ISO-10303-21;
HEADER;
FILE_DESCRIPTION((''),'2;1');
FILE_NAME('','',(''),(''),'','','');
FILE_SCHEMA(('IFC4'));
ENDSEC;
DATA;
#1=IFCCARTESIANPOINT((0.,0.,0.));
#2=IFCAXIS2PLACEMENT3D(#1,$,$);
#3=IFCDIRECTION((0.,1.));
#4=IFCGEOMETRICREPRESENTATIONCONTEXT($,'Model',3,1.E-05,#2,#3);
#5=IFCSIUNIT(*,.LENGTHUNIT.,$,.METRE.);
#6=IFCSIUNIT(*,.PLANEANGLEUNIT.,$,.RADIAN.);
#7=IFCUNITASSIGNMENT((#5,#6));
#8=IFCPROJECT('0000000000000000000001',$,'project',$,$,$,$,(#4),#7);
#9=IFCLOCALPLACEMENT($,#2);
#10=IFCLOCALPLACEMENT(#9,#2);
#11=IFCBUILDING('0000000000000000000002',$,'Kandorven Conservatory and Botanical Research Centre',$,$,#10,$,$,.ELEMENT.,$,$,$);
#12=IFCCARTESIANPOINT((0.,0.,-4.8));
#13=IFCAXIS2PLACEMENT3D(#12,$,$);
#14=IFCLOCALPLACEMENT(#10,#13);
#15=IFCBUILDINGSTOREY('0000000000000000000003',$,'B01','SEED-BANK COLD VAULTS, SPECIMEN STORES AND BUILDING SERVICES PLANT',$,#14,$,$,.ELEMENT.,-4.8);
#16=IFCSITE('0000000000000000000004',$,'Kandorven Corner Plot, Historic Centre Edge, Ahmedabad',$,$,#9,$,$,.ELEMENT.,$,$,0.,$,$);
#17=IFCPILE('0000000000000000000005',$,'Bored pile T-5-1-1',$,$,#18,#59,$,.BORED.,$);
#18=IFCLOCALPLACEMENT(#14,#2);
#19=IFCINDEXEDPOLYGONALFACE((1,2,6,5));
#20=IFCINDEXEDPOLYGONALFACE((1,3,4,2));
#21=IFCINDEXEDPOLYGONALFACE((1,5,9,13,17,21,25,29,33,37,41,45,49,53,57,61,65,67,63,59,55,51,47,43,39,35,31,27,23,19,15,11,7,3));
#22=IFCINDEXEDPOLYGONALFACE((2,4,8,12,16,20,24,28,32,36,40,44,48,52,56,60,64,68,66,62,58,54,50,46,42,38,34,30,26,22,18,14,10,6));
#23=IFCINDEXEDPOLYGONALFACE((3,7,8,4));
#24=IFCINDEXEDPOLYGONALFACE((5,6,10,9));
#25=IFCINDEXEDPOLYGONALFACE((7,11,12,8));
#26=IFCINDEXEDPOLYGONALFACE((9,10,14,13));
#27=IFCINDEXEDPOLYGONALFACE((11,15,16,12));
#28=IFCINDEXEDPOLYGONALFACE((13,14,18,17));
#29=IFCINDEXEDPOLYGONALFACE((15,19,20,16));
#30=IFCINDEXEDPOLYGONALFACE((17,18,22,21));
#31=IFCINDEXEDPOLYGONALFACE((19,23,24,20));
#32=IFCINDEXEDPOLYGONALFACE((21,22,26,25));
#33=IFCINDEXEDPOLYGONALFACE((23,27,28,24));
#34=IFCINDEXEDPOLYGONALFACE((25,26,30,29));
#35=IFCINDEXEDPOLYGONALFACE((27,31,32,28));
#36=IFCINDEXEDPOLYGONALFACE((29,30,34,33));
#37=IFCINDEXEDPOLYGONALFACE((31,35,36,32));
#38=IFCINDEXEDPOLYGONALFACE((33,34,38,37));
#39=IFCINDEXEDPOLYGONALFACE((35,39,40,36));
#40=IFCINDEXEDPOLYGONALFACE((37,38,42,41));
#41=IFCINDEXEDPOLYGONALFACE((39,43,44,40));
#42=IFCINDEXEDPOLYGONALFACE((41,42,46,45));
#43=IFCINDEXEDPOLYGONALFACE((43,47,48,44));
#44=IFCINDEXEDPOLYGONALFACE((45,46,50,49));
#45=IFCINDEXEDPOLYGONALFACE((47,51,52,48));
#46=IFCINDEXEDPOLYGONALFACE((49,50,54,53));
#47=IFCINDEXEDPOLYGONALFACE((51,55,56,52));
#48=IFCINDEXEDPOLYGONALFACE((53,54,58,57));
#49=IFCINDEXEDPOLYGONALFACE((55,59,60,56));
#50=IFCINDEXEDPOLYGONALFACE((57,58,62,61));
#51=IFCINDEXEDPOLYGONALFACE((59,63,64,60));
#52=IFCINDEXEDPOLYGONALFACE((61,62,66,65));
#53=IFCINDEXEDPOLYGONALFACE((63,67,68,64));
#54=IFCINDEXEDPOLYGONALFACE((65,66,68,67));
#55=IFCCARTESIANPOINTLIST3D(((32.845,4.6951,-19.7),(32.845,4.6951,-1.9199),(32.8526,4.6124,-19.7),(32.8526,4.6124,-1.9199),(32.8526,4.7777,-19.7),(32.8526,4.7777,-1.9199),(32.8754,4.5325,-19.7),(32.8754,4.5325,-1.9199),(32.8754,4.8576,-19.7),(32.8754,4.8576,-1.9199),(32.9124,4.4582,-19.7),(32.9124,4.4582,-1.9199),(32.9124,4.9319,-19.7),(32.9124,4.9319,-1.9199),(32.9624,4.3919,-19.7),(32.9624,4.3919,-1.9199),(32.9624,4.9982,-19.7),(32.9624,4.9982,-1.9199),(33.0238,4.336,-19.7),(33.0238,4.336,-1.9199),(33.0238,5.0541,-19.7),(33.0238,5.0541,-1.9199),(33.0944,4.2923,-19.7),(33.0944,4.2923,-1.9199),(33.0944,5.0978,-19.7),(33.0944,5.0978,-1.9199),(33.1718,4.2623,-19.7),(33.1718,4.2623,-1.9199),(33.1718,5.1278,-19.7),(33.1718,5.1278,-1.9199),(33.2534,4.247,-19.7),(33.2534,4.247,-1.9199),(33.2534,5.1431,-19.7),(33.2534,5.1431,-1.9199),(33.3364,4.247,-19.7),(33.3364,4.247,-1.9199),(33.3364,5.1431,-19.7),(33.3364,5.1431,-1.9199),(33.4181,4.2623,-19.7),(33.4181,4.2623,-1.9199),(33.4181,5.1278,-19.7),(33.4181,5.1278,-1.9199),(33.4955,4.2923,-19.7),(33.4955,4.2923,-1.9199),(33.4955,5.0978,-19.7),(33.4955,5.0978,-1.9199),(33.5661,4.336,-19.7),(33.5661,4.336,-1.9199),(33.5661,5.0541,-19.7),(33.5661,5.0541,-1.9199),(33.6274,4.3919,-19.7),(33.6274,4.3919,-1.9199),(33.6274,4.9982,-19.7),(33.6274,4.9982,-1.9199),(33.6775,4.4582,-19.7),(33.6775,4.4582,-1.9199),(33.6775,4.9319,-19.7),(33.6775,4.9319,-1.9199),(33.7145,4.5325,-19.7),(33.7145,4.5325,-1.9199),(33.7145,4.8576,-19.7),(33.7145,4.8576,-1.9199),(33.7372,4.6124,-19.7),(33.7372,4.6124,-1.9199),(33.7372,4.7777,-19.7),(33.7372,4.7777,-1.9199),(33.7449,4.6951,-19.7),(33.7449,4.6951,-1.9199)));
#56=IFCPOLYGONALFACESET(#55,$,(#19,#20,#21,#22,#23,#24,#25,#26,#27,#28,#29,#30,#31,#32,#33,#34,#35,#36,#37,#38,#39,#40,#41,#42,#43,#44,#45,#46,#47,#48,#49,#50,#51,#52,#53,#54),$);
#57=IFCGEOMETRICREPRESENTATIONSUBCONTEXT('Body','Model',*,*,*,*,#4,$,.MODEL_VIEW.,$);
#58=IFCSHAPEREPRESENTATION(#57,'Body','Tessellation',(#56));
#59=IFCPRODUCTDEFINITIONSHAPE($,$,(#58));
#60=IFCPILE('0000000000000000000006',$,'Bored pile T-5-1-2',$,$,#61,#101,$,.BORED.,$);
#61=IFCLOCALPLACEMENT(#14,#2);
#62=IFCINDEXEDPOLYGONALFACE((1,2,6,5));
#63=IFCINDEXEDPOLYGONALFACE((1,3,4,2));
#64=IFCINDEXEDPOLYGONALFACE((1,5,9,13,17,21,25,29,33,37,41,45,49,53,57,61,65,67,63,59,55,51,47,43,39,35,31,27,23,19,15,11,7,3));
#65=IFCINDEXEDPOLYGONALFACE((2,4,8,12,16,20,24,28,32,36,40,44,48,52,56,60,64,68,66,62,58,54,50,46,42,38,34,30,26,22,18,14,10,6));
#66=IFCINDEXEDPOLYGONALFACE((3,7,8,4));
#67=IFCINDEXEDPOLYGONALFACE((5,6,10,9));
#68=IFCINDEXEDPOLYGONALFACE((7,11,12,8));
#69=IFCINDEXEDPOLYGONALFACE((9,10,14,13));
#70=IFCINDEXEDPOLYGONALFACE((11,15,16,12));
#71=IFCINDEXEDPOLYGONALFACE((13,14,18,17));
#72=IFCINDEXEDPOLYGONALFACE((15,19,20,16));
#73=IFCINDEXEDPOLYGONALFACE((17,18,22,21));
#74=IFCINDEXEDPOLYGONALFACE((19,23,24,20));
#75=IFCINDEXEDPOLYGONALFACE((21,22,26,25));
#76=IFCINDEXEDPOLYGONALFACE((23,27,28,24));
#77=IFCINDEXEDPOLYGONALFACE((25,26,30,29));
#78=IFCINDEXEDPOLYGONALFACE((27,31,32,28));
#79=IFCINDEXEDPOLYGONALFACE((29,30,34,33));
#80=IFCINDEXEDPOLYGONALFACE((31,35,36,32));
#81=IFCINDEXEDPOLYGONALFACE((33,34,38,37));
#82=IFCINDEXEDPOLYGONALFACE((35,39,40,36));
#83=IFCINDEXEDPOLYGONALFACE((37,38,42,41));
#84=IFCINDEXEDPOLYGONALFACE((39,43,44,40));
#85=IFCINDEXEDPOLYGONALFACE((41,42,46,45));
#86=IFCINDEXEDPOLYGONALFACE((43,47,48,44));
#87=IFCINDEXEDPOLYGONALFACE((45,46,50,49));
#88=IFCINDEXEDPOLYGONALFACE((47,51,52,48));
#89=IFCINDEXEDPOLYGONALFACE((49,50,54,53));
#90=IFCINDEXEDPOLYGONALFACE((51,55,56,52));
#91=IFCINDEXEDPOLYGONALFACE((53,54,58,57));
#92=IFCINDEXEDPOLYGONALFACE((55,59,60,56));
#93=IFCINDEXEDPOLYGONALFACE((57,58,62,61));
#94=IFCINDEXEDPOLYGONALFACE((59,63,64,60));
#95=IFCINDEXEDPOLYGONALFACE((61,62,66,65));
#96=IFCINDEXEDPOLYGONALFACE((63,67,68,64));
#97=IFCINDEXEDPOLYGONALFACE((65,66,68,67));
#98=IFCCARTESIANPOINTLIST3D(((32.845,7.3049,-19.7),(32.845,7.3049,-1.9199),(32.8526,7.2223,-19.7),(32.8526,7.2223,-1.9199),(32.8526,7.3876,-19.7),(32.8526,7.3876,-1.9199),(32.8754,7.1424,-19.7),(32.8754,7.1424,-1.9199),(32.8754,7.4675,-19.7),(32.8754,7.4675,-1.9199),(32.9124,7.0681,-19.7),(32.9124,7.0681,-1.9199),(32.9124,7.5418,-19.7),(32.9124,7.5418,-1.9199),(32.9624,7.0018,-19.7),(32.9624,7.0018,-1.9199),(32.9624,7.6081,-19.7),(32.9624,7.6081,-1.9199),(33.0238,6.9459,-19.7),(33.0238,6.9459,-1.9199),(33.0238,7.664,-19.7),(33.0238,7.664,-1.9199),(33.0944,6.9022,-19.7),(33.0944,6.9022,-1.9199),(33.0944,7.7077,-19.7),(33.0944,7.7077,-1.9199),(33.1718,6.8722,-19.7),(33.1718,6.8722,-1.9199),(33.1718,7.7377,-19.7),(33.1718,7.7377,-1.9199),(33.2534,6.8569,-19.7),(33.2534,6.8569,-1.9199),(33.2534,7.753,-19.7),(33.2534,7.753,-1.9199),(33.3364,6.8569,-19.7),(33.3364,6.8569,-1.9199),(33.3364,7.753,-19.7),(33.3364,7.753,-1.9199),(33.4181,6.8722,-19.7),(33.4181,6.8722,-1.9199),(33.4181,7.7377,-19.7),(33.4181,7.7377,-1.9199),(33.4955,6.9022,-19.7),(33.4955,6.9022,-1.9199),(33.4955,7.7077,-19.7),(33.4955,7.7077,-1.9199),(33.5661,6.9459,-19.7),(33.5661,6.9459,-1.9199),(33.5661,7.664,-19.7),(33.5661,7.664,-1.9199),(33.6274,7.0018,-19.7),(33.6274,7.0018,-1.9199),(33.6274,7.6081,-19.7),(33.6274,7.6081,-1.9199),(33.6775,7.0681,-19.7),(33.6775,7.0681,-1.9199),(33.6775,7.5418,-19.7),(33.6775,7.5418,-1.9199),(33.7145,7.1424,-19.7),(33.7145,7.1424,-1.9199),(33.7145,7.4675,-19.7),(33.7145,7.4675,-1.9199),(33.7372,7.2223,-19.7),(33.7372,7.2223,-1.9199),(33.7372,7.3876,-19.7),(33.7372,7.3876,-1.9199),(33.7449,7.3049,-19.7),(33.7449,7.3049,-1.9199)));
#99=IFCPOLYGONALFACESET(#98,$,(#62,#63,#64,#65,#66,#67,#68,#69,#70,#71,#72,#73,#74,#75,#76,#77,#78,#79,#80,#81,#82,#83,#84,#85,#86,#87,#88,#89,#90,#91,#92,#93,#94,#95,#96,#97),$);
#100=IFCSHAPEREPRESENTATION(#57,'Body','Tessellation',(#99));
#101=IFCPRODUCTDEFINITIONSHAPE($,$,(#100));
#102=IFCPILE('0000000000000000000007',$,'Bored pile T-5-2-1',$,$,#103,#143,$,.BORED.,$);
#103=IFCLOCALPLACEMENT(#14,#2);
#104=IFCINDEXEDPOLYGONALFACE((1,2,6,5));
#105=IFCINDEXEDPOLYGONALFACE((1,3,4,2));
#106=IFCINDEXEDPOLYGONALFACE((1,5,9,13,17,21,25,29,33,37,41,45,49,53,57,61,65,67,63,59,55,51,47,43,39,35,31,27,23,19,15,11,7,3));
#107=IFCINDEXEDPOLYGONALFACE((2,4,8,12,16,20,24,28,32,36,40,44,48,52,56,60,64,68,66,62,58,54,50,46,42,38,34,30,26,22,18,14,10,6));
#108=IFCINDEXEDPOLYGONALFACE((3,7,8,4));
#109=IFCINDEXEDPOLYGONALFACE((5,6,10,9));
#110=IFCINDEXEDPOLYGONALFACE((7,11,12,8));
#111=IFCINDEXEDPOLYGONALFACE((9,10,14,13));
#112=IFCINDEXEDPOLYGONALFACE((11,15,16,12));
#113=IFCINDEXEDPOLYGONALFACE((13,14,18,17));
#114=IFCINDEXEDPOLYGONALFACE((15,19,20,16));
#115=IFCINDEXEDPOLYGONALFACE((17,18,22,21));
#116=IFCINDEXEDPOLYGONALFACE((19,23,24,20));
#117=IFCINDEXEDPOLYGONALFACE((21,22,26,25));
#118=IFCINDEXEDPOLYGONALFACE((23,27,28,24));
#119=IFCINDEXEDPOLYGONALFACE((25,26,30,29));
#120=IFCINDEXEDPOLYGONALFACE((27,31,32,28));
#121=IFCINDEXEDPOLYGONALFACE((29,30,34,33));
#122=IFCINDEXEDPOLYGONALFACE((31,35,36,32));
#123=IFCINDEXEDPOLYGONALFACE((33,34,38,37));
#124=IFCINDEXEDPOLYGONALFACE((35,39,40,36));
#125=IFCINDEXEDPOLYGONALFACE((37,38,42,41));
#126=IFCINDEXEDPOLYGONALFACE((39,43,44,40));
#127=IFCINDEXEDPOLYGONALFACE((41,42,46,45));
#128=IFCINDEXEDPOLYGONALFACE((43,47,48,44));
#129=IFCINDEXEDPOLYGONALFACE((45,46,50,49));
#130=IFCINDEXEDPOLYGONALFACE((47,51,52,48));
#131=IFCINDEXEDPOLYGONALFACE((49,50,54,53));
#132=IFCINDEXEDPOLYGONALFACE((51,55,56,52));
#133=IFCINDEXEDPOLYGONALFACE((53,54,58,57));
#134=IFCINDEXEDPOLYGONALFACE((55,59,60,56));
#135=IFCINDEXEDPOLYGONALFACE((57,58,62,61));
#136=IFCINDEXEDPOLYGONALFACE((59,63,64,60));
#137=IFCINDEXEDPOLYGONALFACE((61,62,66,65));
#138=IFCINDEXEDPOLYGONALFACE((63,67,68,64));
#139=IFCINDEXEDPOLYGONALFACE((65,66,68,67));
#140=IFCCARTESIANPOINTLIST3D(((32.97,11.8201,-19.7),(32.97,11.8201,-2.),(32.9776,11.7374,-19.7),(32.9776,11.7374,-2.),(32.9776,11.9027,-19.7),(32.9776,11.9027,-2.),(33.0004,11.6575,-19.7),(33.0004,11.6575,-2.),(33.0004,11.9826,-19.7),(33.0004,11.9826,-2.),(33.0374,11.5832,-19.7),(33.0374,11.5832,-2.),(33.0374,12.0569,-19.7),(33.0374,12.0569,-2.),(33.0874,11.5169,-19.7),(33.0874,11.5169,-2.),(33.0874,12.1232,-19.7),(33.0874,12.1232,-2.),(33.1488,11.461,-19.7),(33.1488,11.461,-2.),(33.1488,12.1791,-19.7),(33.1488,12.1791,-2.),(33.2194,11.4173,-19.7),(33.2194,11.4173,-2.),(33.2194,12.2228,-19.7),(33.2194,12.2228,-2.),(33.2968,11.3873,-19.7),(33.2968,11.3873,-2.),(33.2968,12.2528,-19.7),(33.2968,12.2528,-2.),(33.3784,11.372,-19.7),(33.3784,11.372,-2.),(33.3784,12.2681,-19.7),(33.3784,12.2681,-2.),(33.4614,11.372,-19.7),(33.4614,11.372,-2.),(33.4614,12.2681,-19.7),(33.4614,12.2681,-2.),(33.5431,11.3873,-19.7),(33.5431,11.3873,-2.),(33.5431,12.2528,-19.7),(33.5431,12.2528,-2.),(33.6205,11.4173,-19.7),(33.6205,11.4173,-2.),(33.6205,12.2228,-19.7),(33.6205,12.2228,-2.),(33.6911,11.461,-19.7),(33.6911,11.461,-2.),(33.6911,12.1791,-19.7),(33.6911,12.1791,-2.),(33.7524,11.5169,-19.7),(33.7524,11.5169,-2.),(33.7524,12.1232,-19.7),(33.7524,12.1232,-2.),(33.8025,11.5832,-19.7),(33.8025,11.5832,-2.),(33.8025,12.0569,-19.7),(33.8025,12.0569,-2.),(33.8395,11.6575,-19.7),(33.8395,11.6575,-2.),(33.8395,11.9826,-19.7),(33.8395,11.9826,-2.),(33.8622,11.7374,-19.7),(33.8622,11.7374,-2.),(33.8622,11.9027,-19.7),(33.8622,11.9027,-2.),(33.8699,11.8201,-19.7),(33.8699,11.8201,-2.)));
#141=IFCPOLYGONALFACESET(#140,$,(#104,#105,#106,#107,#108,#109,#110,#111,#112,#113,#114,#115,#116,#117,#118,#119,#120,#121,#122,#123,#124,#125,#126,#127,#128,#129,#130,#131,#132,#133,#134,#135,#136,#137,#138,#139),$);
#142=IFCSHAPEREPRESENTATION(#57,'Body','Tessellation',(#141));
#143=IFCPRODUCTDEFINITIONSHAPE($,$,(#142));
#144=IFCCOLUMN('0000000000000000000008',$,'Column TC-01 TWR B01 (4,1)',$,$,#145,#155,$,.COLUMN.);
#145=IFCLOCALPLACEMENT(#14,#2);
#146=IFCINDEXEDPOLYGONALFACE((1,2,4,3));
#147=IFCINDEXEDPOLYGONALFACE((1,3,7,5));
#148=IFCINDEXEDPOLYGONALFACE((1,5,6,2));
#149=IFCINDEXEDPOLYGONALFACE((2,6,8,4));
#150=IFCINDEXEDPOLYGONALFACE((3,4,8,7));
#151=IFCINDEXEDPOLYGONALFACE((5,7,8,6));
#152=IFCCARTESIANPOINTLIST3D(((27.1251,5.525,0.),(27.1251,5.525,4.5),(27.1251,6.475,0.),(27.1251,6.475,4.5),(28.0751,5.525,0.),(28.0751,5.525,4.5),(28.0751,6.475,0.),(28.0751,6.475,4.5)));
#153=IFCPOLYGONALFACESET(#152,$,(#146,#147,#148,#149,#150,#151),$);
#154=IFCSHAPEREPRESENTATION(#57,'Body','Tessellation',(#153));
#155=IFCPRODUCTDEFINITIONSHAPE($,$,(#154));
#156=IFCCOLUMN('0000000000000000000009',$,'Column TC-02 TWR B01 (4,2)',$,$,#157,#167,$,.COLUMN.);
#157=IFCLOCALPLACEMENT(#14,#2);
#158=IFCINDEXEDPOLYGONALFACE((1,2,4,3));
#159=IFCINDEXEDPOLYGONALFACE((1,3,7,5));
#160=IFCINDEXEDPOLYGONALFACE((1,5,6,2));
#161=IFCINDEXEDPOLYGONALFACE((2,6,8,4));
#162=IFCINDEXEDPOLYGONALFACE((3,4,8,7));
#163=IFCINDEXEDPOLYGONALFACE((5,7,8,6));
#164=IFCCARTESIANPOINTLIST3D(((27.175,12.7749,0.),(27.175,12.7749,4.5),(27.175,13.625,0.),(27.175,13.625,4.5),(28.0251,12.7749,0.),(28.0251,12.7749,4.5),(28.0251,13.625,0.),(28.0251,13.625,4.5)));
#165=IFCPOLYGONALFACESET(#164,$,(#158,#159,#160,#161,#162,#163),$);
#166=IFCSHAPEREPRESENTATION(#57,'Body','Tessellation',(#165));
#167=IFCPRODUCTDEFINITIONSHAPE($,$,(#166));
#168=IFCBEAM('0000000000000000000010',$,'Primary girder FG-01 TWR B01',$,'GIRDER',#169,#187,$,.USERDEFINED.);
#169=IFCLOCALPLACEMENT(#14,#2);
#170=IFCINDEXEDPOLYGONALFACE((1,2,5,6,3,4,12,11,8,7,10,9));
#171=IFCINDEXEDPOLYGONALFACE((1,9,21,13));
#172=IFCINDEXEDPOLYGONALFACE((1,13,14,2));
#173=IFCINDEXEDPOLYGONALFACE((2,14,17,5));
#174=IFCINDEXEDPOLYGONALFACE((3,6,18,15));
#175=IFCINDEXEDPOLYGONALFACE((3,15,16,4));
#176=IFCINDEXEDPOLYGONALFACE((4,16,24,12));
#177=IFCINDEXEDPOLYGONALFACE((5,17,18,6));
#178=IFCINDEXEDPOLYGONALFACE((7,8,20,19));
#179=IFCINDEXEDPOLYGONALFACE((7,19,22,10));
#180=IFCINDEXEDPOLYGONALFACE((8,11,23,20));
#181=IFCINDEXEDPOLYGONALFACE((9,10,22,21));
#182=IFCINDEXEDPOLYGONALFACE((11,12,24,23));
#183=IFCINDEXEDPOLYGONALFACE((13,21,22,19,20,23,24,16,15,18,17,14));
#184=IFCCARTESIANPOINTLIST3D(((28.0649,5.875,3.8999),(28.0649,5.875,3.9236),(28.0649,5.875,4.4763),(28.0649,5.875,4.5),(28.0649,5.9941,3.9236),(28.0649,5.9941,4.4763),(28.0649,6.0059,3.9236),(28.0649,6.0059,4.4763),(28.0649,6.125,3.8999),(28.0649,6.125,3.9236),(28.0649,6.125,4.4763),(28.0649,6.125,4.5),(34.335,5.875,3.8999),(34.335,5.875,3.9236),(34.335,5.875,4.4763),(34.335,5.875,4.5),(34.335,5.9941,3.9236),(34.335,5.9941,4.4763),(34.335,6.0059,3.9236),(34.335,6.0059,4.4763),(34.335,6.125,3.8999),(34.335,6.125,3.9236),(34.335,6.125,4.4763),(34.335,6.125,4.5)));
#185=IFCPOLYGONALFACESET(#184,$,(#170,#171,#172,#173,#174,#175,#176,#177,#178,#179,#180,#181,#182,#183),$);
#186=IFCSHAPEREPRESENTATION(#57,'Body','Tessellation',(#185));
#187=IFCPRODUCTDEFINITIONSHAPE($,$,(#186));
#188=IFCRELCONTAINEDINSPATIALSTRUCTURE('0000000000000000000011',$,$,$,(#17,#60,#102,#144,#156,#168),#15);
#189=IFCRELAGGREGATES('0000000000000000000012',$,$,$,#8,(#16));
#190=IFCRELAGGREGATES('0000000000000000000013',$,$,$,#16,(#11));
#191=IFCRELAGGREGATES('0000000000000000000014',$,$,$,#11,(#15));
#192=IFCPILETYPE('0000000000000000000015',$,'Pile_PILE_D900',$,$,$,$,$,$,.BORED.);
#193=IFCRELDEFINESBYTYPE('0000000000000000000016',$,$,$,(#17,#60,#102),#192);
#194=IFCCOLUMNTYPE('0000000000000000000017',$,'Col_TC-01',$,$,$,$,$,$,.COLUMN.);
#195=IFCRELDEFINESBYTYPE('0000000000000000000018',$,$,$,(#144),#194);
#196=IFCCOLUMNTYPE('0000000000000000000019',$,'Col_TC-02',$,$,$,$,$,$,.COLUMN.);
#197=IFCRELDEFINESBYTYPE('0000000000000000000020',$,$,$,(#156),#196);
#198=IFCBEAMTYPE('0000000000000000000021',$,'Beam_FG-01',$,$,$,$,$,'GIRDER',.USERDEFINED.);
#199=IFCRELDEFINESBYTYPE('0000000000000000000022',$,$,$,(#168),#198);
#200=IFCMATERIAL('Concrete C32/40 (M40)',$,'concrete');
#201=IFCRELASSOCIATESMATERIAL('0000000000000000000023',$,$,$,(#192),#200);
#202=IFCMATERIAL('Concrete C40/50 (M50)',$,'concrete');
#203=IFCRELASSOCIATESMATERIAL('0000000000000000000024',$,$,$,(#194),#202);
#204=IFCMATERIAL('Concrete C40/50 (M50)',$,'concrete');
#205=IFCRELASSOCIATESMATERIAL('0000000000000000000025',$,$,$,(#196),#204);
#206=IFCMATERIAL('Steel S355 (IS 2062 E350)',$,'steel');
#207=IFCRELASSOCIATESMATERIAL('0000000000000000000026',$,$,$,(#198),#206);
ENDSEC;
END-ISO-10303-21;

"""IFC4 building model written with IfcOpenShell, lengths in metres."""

from ifc_helpers import new_model, si_unit, direction, frame, origin, origin_2d, place, context, subcontext, project, spatial, rectangle, circle, i_section, extrude, material, material_profile, profile_set, type_object, element, save


model = new_model("IFC4")

# Units and contexts
model_context = context("Model", 3, precision=1e-05, world=origin(), true_north=direction((0.0, 1.0)))
body_context = subcontext(model_context, "Body", "Model", "MODEL_VIEW")
ifc_project = project(units=[si_unit("LENGTHUNIT", "METRE"), si_unit("PLANEANGLEUNIT", "RADIAN")], contexts=[model_context])

# Site, building, storey
site_placement = place(None, origin())
site = spatial("IfcSite", under=ifc_project, at=site_placement, Name="Kandorven Corner Plot, Historic Centre Edge, Ahmedabad", CompositionType="ELEMENT", RefElevation=0.0)
building_placement = place(site_placement, origin())
building = spatial("IfcBuilding", under=site, at=building_placement, Name="Kandorven Conservatory and Botanical Research Centre", CompositionType="ELEMENT")
storey_placement = place(building_placement, frame((0.0, 0.0, -4.8)))
storey = spatial("IfcBuildingStorey", under=building, at=storey_placement, Name="B01", Description="SEED-BANK COLD VAULTS, SPECIMEN STORES AND BUILDING SERVICES PLANT", CompositionType="ELEMENT", Elevation=-4.8)

# Piles
ifc_material_1 = material(Name="Concrete C32/40 (M40)", Category="concrete")
ifc_material_profile_1 = material_profile(ifc_material_1, circle(Radius=0.45, at=origin_2d()))
ifc_profile_set_1 = profile_set([ifc_material_profile_1], Name="Concrete C32/40 (M40)")
pile_type = type_object("IfcPileType", Name="Pile_PILE_D900", PredefinedType="BORED", material=ifc_profile_set_1)
for number, where, z_axis, x_axis, name in (
    (1, (33.2949, 4.6951, -1.9199), (0.0, 0.0, -1.0), (1.0, 0.0, 0.0), "Bored pile T-5-1-1"),
    (2, (33.2949, 7.3049, -1.9199), (0.0, 0.0, -1.0), (1.0, 0.0, 0.0), "Bored pile T-5-1-2"),
):
    element("IfcPile", number, at=place(storey_placement, frame(where, z_axis=z_axis, x_axis=x_axis)), inside=storey, type_object=pile_type, Name=name, PredefinedType="BORED", context=body_context, shape_type="SweptSolid", body=[
        extrude(circle(Radius=0.45, at=origin_2d()), origin(), (0.0, 0.0, 1.0), 17.78),
    ])
pile_1_placement = place(storey_placement, frame((33.4199, 11.8201, -2.0), z_axis=(0.0, 0.0, -1.0), x_axis=(1.0, 0.0, 0.0)))
element("IfcPile", 3, at=pile_1_placement, inside=storey, type_object=pile_type, Name="Bored pile T-5-2-1", PredefinedType="BORED", context=body_context, shape_type="SweptSolid", body=[
    extrude(circle(Radius=0.45, at=origin_2d()), origin(), (0.0, 0.0, 1.0), 17.7),
])

# Columns
ifc_material_2 = material(Name="Concrete C40/50 (M50)", Category="concrete")
ifc_material_profile_2 = material_profile(ifc_material_2, rectangle(XDim=0.95, YDim=0.95, at=origin_2d()))
ifc_profile_set_2 = profile_set([ifc_material_profile_2], Name="Concrete C40/50 (M50)")
column_type_1 = type_object("IfcColumnType", Name="Col_TC-01", PredefinedType="COLUMN", material=ifc_profile_set_2)
column_1_placement = place(storey_placement, frame((27.6001, 6.0, 0.0), z_axis=(0.0, 0.0, 1.0), x_axis=(1.0, 0.0, 0.0)))
element("IfcColumn", 4, at=column_1_placement, inside=storey, type_object=column_type_1, Name="Column TC-01 TWR B01 (4,1)", PredefinedType="COLUMN", context=body_context, shape_type="SweptSolid", body=[
    extrude(rectangle(XDim=0.95, YDim=0.95, at=origin_2d()), origin(), (0.0, 0.0, 1.0), 4.5),
])
ifc_material_3 = material(Name="Concrete C40/50 (M50)", Category="concrete")
ifc_material_profile_3 = material_profile(ifc_material_3, rectangle(XDim=0.8501, YDim=0.8501, at=origin_2d()))
ifc_profile_set_3 = profile_set([ifc_material_profile_3], Name="Concrete C40/50 (M50)")
column_type_2 = type_object("IfcColumnType", Name="Col_TC-02", PredefinedType="COLUMN", material=ifc_profile_set_3)
column_2_placement = place(storey_placement, frame((27.6001, 13.2, 0.0), z_axis=(0.0, 0.0, 1.0), x_axis=(1.0, 0.0, 0.0)))
element("IfcColumn", 5, at=column_2_placement, inside=storey, type_object=column_type_2, Name="Column TC-02 TWR B01 (4,2)", PredefinedType="COLUMN", context=body_context, shape_type="SweptSolid", body=[
    extrude(rectangle(XDim=0.8501, YDim=0.8501, at=origin_2d()), origin(), (0.0, 0.0, 1.0), 4.5),
])

# Beam
ifc_material_4 = material(Name="Steel S355 (IS 2062 E350)", Category="steel")
ifc_material_profile_4 = material_profile(ifc_material_4, i_section(OverallWidth=0.25, OverallDepth=0.6001, WebThickness=0.0117, FlangeThickness=0.0237, at=origin_2d()))
ifc_profile_set_4 = profile_set([ifc_material_profile_4], Name="Steel S355 (IS 2062 E350)")
beam_type_1 = type_object("IfcBeamType", Name="Beam_FG-01", ElementType="GIRDER", PredefinedType="USERDEFINED", material=ifc_profile_set_4)
beam_1_placement = place(storey_placement, frame((28.0649, 6.0, 4.2), z_axis=(1.0, 0.0, 0.0), x_axis=(0.0, 1.0, 0.0)))
element("IfcBeam", 6, at=beam_1_placement, inside=storey, type_object=beam_type_1, Name="Primary girder FG-01 TWR B01", ObjectType="GIRDER", PredefinedType="USERDEFINED", context=body_context, shape_type="SweptSolid", body=[
    extrude(i_section(OverallWidth=0.25, OverallDepth=0.6001, WebThickness=0.0117, FlangeThickness=0.0237, at=origin_2d()), origin(), (0.0, 0.0, 1.0), 6.27),
])

save(model, "model.ifc")
